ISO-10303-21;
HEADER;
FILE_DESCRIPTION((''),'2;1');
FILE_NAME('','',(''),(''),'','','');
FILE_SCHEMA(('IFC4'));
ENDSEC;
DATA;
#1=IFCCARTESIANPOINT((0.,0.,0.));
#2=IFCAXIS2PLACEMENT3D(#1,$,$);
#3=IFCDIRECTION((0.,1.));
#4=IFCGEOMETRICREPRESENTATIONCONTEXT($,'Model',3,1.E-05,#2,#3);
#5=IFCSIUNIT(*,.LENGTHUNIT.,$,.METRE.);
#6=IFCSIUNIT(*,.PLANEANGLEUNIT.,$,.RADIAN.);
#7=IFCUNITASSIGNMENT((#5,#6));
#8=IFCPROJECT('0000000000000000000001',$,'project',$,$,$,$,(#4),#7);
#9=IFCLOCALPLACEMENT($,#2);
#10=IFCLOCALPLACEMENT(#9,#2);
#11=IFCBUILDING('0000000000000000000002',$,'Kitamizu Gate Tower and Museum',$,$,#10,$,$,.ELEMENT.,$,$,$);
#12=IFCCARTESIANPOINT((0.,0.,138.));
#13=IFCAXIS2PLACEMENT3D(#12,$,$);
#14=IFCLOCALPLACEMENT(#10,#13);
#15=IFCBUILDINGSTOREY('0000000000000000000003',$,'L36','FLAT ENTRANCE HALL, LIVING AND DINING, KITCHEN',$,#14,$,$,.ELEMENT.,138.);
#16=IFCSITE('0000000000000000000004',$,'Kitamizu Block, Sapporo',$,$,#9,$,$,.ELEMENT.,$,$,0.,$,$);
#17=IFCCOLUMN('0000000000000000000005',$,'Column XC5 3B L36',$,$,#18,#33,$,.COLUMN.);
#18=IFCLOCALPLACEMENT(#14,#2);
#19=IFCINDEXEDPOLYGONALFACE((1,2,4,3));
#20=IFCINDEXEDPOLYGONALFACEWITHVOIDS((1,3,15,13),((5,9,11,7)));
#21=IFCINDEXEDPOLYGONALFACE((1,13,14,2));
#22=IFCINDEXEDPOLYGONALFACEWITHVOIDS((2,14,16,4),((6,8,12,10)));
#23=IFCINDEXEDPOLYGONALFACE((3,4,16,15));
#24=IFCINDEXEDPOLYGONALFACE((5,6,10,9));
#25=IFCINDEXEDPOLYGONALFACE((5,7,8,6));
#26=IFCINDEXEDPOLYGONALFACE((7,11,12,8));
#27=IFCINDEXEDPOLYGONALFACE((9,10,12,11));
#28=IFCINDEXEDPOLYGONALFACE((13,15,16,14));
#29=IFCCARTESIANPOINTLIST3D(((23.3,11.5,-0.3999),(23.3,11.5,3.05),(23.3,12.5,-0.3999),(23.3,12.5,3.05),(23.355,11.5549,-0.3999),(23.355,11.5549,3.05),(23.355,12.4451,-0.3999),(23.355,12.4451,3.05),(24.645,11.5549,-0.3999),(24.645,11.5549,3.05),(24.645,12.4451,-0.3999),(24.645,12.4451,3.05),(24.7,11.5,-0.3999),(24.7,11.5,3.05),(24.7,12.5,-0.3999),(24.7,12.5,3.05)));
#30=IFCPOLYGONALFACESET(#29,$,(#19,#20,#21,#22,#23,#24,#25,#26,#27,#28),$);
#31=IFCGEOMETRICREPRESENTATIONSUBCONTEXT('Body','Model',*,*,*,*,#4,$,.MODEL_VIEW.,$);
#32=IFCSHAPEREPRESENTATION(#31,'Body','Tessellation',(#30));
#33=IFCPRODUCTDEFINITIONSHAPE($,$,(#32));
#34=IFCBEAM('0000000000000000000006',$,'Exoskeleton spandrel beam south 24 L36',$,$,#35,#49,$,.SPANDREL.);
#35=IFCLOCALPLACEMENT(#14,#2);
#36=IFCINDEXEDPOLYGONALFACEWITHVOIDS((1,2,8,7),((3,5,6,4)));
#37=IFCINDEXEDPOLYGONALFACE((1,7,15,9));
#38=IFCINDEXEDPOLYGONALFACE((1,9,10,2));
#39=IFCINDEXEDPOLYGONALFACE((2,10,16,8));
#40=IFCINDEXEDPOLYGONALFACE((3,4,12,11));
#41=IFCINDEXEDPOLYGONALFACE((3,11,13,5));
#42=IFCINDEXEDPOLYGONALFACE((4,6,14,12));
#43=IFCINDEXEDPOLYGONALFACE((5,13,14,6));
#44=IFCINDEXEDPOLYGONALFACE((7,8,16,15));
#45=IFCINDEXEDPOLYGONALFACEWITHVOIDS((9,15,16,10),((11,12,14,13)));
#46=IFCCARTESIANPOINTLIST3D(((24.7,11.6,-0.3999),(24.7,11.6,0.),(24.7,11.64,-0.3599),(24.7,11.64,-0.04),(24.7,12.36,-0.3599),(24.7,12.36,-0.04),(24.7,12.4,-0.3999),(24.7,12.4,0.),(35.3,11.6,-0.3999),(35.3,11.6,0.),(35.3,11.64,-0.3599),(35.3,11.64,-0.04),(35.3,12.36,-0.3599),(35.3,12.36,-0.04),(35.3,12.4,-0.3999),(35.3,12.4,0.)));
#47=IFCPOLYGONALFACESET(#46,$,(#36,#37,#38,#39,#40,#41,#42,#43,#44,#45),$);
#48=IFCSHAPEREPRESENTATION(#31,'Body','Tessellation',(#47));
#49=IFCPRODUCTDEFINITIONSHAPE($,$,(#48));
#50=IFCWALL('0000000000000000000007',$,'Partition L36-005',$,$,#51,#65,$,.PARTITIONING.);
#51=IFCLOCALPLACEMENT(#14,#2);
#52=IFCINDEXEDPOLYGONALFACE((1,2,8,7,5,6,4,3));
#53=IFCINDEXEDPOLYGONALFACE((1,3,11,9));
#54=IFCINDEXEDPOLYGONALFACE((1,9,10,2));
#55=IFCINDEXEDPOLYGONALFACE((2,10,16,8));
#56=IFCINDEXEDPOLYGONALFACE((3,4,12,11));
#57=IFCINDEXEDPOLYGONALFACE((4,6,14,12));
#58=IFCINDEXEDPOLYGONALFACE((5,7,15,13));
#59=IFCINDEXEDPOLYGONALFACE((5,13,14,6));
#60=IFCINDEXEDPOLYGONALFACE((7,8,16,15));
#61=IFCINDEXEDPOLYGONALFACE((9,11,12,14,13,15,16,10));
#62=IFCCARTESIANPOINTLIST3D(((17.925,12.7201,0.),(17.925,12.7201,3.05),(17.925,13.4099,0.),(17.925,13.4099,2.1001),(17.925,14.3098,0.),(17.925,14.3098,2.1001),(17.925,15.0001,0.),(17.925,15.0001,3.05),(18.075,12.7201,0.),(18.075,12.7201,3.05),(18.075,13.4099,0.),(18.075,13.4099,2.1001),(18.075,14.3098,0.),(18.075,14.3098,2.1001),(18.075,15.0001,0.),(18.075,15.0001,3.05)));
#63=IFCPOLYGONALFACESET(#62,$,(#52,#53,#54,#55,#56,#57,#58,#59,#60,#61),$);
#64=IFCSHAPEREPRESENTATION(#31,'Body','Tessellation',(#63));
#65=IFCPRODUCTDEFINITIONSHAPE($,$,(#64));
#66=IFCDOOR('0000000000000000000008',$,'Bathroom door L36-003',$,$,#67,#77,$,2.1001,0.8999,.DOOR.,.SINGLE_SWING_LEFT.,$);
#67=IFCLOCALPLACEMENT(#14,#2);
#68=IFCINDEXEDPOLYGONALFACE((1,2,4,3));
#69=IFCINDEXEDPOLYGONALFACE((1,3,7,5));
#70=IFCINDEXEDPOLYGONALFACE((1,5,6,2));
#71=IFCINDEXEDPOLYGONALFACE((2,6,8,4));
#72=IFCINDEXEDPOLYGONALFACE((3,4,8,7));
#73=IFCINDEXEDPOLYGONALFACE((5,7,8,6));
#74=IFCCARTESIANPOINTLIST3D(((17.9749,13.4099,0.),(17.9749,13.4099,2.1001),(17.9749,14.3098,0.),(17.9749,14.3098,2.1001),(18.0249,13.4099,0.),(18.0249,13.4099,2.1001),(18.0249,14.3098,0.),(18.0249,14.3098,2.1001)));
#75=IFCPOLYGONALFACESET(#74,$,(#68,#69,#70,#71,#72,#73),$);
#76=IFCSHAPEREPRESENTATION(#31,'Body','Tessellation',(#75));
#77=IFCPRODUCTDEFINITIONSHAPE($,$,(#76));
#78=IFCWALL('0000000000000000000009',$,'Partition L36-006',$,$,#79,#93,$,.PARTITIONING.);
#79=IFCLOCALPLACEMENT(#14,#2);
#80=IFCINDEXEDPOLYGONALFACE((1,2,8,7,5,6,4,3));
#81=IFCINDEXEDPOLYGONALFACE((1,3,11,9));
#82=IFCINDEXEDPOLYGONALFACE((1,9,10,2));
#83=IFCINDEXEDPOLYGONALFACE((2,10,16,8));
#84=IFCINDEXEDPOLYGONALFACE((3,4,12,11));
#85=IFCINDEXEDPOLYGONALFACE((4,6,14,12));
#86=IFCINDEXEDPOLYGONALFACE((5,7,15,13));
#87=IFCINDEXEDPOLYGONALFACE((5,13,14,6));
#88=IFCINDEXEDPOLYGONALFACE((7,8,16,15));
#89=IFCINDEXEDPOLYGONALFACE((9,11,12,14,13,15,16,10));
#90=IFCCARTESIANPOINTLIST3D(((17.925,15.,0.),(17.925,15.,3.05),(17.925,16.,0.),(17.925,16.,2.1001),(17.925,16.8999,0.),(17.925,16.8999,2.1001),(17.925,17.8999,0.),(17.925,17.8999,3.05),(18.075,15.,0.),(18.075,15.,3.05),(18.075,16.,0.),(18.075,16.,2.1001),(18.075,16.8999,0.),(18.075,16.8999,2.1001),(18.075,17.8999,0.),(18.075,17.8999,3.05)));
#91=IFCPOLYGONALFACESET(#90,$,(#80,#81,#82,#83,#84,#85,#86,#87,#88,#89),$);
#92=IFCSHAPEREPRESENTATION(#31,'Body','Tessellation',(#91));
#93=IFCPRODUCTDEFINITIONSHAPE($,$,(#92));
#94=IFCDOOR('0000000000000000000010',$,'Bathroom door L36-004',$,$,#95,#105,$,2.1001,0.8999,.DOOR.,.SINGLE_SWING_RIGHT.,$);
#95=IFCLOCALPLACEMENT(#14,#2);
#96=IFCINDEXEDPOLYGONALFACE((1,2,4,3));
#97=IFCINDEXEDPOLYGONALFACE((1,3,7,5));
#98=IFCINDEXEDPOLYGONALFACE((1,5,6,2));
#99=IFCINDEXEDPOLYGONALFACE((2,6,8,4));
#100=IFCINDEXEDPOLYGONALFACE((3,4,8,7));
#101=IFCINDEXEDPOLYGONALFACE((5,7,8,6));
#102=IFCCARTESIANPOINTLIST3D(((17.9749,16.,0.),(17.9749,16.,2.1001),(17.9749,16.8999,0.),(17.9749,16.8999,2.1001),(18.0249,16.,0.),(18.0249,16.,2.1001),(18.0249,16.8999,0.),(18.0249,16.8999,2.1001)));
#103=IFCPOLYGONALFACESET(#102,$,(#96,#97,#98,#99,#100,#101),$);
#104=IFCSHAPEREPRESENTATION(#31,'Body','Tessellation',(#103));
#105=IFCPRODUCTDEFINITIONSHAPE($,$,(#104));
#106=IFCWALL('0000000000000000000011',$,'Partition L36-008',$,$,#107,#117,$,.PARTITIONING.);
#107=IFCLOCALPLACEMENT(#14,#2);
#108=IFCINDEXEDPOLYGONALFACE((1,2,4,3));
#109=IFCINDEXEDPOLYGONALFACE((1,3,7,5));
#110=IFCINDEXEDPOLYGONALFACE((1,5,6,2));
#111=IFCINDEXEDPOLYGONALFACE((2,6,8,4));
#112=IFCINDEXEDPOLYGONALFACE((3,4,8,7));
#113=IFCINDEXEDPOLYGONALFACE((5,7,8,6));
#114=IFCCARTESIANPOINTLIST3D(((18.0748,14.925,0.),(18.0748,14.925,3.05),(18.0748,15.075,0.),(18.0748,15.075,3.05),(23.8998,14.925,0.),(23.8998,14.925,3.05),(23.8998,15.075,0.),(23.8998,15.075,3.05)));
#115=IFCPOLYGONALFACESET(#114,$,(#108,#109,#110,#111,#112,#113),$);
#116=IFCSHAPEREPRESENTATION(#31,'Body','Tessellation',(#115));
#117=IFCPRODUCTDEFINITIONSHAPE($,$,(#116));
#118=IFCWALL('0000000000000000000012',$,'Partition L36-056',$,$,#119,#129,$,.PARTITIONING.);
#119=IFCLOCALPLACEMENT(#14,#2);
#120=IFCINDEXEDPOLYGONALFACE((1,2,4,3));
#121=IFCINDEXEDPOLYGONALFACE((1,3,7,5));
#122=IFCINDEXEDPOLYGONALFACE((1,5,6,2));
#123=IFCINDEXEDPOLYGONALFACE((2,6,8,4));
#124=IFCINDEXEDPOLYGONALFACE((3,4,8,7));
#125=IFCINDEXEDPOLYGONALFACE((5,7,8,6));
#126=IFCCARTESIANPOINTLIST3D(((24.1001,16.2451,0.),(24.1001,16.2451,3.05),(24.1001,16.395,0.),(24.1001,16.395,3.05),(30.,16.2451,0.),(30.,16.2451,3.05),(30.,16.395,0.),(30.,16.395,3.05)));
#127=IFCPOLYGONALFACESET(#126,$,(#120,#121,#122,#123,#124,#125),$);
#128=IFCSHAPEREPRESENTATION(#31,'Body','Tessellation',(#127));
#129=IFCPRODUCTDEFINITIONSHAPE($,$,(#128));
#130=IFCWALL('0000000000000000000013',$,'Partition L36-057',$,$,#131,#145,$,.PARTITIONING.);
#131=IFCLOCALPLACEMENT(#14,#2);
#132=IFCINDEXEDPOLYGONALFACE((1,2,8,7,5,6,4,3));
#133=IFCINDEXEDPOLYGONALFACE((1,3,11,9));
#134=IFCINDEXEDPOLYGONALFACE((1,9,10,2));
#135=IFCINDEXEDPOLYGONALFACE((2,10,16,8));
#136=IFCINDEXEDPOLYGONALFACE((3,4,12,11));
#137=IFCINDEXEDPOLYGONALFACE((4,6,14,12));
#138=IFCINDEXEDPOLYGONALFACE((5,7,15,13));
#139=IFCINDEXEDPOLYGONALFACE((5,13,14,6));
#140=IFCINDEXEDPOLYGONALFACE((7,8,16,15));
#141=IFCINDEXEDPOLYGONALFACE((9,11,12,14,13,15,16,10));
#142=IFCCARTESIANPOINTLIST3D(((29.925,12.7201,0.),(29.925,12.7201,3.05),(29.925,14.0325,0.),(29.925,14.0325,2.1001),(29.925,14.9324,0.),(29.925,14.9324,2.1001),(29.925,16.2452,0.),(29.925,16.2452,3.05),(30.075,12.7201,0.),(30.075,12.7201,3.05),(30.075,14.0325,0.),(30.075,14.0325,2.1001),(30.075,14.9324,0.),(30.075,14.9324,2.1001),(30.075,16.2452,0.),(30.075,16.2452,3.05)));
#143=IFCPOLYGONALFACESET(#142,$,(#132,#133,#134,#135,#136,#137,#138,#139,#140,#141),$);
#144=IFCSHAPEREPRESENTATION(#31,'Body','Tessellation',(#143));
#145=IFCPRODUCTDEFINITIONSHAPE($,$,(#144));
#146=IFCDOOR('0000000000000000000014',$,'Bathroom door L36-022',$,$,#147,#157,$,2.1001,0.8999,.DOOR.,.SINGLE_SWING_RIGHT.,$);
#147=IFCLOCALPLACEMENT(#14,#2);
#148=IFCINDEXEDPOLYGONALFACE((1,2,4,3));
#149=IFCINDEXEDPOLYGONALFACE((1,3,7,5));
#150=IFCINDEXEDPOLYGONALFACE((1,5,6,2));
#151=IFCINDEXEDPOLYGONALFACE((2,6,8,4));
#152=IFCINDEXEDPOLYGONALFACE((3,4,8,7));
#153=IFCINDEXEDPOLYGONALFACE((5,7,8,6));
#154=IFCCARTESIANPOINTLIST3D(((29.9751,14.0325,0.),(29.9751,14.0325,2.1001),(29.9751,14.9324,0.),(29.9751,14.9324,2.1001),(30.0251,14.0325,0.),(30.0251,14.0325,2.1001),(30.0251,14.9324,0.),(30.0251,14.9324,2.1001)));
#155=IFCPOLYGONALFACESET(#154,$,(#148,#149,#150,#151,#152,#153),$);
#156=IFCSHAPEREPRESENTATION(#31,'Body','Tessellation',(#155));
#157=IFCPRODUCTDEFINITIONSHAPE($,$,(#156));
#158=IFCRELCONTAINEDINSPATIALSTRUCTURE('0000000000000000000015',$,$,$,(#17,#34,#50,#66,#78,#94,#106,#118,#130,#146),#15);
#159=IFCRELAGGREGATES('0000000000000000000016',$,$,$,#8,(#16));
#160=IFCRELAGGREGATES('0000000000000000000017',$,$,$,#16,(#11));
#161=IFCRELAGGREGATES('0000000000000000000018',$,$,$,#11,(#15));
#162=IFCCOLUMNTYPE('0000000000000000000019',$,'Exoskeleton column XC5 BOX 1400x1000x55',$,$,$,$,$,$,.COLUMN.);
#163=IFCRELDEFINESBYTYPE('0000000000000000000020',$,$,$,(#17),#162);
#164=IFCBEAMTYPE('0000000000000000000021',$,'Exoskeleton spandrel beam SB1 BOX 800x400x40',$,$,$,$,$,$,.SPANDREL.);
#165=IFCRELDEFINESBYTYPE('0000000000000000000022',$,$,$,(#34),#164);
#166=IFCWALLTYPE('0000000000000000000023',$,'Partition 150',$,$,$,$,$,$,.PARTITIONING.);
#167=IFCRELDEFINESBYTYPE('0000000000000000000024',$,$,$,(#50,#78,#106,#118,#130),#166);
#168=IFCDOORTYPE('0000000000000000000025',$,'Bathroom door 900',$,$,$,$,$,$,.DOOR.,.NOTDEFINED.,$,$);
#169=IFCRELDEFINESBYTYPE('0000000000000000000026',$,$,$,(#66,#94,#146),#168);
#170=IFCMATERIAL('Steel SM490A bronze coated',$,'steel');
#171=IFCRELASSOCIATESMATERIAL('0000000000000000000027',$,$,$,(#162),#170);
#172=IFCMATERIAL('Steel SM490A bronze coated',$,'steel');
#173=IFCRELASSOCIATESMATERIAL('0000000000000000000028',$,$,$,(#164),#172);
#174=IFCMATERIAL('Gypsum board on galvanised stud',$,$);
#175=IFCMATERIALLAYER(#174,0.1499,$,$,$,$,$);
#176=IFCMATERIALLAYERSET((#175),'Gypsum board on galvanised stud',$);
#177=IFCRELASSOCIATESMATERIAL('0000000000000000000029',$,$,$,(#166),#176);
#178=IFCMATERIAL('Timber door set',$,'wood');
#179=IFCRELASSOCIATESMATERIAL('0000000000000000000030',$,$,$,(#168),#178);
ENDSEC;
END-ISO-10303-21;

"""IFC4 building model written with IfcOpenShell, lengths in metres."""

from ifc_helpers import new_model, si_unit, direction, frame, frame_2d, origin, origin_2d, place, context, subcontext, project, spatial, rectangle, hollow_rectangle, extrude, material, layer, layer_set, material_profile, profile_set, type_object, element, fill, save


model = new_model("IFC4")

# Units and contexts
model_context = context("Model", 3, precision=1e-05, world=origin(), true_north=direction((0.0, 1.0)))
body_context = subcontext(model_context, "Body", "Model", "MODEL_VIEW")
ifc_project = project(units=[si_unit("LENGTHUNIT", "METRE"), si_unit("PLANEANGLEUNIT", "RADIAN")], contexts=[model_context])

# Site, building, storey
site_placement = place(None, origin())
site = spatial("IfcSite", under=ifc_project, at=site_placement, Name="Kitamizu Block, Sapporo", CompositionType="ELEMENT", RefElevation=0.0)
building_placement = place(site_placement, origin())
building = spatial("IfcBuilding", under=site, at=building_placement, Name="Kitamizu Gate Tower and Museum", CompositionType="ELEMENT")
storey_placement = place(building_placement, frame((0.0, 0.0, 138.0)))
storey = spatial("IfcBuildingStorey", under=building, at=storey_placement, Name="L36", Description="FLAT ENTRANCE HALL, LIVING AND DINING, KITCHEN", CompositionType="ELEMENT", Elevation=138.0)

# Column
ifc_material_1 = material(Name="Steel SM490A bronze coated", Category="steel")
ifc_material_profile_1 = material_profile(ifc_material_1, hollow_rectangle(XDim=1.3999, YDim=1.0, WallThickness=0.0549, at=origin_2d()), Name="BOX 1400x1000x55")
ifc_profile_set_1 = profile_set([ifc_material_profile_1], Name="Steel SM490A bronze coated")
column_type = type_object("IfcColumnType", Name="Exoskeleton column XC5 BOX 1400x1000x55", PredefinedType="COLUMN", material=ifc_profile_set_1)
column_placement = place(storey_placement, frame((24.0, 12.0, -0.3999), z_axis=(0.0, 0.0, 1.0), x_axis=(1.0, 0.0, 0.0)))
element("IfcColumn", 1, at=column_placement, inside=storey, type_object=column_type, Name="Column XC5 3B L36", PredefinedType="COLUMN", context=body_context, shape_type="SweptSolid", body=[
    extrude(hollow_rectangle(XDim=1.3999, YDim=1.0, WallThickness=0.0549, at=origin_2d()), origin(), (0.0, 0.0, 1.0), 3.45),
])

# Beam
ifc_material_2 = material(Name="Steel SM490A bronze coated", Category="steel")
ifc_material_profile_2 = material_profile(ifc_material_2, hollow_rectangle(XDim=0.8, YDim=0.3999, WallThickness=0.04, at=origin_2d()), Name="BOX 800x400x40")
ifc_profile_set_2 = profile_set([ifc_material_profile_2], Name="Steel SM490A bronze coated")
beam_type = type_object("IfcBeamType", Name="Exoskeleton spandrel beam SB1 BOX 800x400x40", PredefinedType="SPANDREL", material=ifc_profile_set_2)
beam_placement = place(storey_placement, frame((24.7, 12.0, -0.2), z_axis=(1.0, 0.0, 0.0), x_axis=(0.0, 1.0, 0.0)))
element("IfcBeam", 2, at=beam_placement, inside=storey, type_object=beam_type, Name="Exoskeleton spandrel beam south 24 L36", PredefinedType="SPANDREL", context=body_context, shape_type="SweptSolid", body=[
    extrude(hollow_rectangle(XDim=0.8, YDim=0.3999, WallThickness=0.04, at=origin_2d()), origin(), (0.0, 0.0, 1.0), 10.6001),
])

# Walls, openings, doors
ifc_material_3 = material(Name="Gypsum board on galvanised stud")
ifc_layer_1 = layer(ifc_material_3, 0.1499)
ifc_layer_set_1 = layer_set([ifc_layer_1], Name="Gypsum board on galvanised stud")
wall_type_1 = type_object("IfcWallType", Name="Partition 150", PredefinedType="PARTITIONING", material=ifc_layer_set_1)
wall_1_placement = place(storey_placement, frame((18.0, 12.72, 0.0), z_axis=(0.0, 0.0, 1.0), x_axis=(0.0, 1.0, 0.0)))
wall_1 = element("IfcWall", 3, at=wall_1_placement, inside=storey, type_object=wall_type_1, Name="Partition L36-005", PredefinedType="PARTITIONING", context=body_context, shape_type="SweptSolid", body=[
    extrude(rectangle(XDim=2.28, YDim=0.1499, at=frame_2d((1.1401, 0.0))), origin(), (0.0, 0.0, 1.0), 3.05),
])
opening_1_placement = place(wall_1_placement, frame((0.6899, 0.0, 0.0)))
opening_1 = element("IfcOpeningElement", 4, at=opening_1_placement, cuts=wall_1, PredefinedType="OPENING", context=body_context, shape_type="SweptSolid", body=[
    extrude(rectangle(XDim=0.8999, YDim=2.1001, at=frame_2d((0.45, 1.05))), frame((0.0, 0.085, 0.0), z_axis=(0.0, -1.0, 0.0), x_axis=(1.0, 0.0, 0.0)), (0.0, 0.0, 1.0), 0.1699),
])
ifc_material_4 = material(Name="Timber door set", Category="wood")
door_type = type_object("IfcDoorType", Name="Bathroom door 900", OperationType="NOTDEFINED", PredefinedType="DOOR", material=ifc_material_4)
door_1_placement = place(opening_1_placement, frame((0.8999, 0.0, 0.0), x_axis=(-1.0, 0.0, 0.0)))
door_1 = element("IfcDoor", 5, at=door_1_placement, inside=storey, type_object=door_type, Name="Bathroom door L36-003", OperationType="SINGLE_SWING_LEFT", OverallHeight=2.1001, OverallWidth=0.8999, PredefinedType="DOOR", context=body_context, shape_type="SweptSolid", body=[
    extrude(rectangle(XDim=0.8999, YDim=2.1001, at=frame_2d((0.45, 1.05))), frame((0.0, 0.0249, 0.0), z_axis=(0.0, -1.0, 0.0), x_axis=(1.0, 0.0, 0.0)), (0.0, 0.0, 1.0), 0.05),
])
fill(opening_1, door_1)
wall_2_placement = place(storey_placement, frame((18.0, 15.0, 0.0), z_axis=(0.0, 0.0, 1.0), x_axis=(0.0, 1.0, 0.0)))
wall_2 = element("IfcWall", 6, at=wall_2_placement, inside=storey, type_object=wall_type_1, Name="Partition L36-006", PredefinedType="PARTITIONING", context=body_context, shape_type="SweptSolid", body=[
    extrude(rectangle(XDim=2.8999, YDim=0.1499, at=frame_2d((1.45, 0.0))), origin(), (0.0, 0.0, 1.0), 3.05),
])
opening_2_placement = place(wall_2_placement, frame((1.0, 0.0, 0.0)))
opening_2 = element("IfcOpeningElement", 7, at=opening_2_placement, cuts=wall_2, PredefinedType="OPENING", context=body_context, shape_type="SweptSolid", body=[
    extrude(rectangle(XDim=0.8999, YDim=2.1001, at=frame_2d((0.45, 1.05))), frame((0.0, 0.085, 0.0), z_axis=(0.0, -1.0, 0.0), x_axis=(1.0, 0.0, 0.0)), (0.0, 0.0, 1.0), 0.1699),
])
door_2_placement = place(opening_2_placement, frame((0.8999, 0.0, 0.0), x_axis=(-1.0, 0.0, 0.0)))
door_2 = element("IfcDoor", 8, at=door_2_placement, inside=storey, type_object=door_type, Name="Bathroom door L36-004", OperationType="SINGLE_SWING_RIGHT", OverallHeight=2.1001, OverallWidth=0.8999, PredefinedType="DOOR", context=body_context, shape_type="SweptSolid", body=[
    extrude(rectangle(XDim=0.8999, YDim=2.1001, at=frame_2d((0.45, 1.05))), frame((0.0, 0.0249, 0.0), z_axis=(0.0, -1.0, 0.0), x_axis=(1.0, 0.0, 0.0)), (0.0, 0.0, 1.0), 0.05),
])
fill(opening_2, door_2)

# Walls
wall_3_placement = place(storey_placement, frame((23.8999, 15.0, 0.0), z_axis=(0.0, 0.0, 1.0), x_axis=(-1.0, 0.0, 0.0)))
element("IfcWall", 9, at=wall_3_placement, inside=storey, type_object=wall_type_1, Name="Partition L36-008", PredefinedType="PARTITIONING", context=body_context, shape_type="SweptSolid", body=[
    extrude(rectangle(XDim=5.825, YDim=0.1499, at=frame_2d((2.9126, 0.0))), origin(), (0.0, 0.0, 1.0), 3.05),
])
wall_4_placement = place(storey_placement, frame((30.0, 16.3201, 0.0), z_axis=(0.0, 0.0, 1.0), x_axis=(-1.0, 0.0, 0.0)))
element("IfcWall", 10, at=wall_4_placement, inside=storey, type_object=wall_type_1, Name="Partition L36-056", PredefinedType="PARTITIONING", context=body_context, shape_type="SweptSolid", body=[
    extrude(rectangle(XDim=5.8999, YDim=0.1499, at=frame_2d((2.95, 0.0))), origin(), (0.0, 0.0, 1.0), 3.05),
])

# Wall, opening, door
wall_5_placement = place(storey_placement, frame((30.0, 12.72, 0.0), z_axis=(0.0, 0.0, 1.0), x_axis=(0.0, 1.0, 0.0)))
wall_5 = element("IfcWall", 11, at=wall_5_placement, inside=storey, type_object=wall_type_1, Name="Partition L36-057", PredefinedType="PARTITIONING", context=body_context, shape_type="SweptSolid", body=[
    extrude(rectangle(XDim=3.5251, YDim=0.1499, at=frame_2d((1.7627, 0.0))), origin(), (0.0, 0.0, 1.0), 3.05),
])
opening_3_placement = place(wall_5_placement, frame((1.3125, 0.0, 0.0)))
opening_3 = element("IfcOpeningElement", 12, at=opening_3_placement, cuts=wall_5, PredefinedType="OPENING", context=body_context, shape_type="SweptSolid", body=[
    extrude(rectangle(XDim=0.8999, YDim=2.1001, at=frame_2d((0.45, 1.05))), frame((0.0, 0.085, 0.0), z_axis=(0.0, -1.0, 0.0), x_axis=(1.0, 0.0, 0.0)), (0.0, 0.0, 1.0), 0.1699),
])
door_3_placement = place(opening_3_placement, origin())
door_3 = element("IfcDoor", 13, at=door_3_placement, inside=storey, type_object=door_type, Name="Bathroom door L36-022", OperationType="SINGLE_SWING_RIGHT", OverallHeight=2.1001, OverallWidth=0.8999, PredefinedType="DOOR", context=body_context, shape_type="SweptSolid", body=[
    extrude(rectangle(XDim=0.8999, YDim=2.1001, at=frame_2d((0.45, 1.05))), frame((0.0, 0.0249, 0.0), z_axis=(0.0, -1.0, 0.0), x_axis=(1.0, 0.0, 0.0)), (0.0, 0.0, 1.0), 0.05),
])
fill(opening_3, door_3)

save(model, "model.ifc")
